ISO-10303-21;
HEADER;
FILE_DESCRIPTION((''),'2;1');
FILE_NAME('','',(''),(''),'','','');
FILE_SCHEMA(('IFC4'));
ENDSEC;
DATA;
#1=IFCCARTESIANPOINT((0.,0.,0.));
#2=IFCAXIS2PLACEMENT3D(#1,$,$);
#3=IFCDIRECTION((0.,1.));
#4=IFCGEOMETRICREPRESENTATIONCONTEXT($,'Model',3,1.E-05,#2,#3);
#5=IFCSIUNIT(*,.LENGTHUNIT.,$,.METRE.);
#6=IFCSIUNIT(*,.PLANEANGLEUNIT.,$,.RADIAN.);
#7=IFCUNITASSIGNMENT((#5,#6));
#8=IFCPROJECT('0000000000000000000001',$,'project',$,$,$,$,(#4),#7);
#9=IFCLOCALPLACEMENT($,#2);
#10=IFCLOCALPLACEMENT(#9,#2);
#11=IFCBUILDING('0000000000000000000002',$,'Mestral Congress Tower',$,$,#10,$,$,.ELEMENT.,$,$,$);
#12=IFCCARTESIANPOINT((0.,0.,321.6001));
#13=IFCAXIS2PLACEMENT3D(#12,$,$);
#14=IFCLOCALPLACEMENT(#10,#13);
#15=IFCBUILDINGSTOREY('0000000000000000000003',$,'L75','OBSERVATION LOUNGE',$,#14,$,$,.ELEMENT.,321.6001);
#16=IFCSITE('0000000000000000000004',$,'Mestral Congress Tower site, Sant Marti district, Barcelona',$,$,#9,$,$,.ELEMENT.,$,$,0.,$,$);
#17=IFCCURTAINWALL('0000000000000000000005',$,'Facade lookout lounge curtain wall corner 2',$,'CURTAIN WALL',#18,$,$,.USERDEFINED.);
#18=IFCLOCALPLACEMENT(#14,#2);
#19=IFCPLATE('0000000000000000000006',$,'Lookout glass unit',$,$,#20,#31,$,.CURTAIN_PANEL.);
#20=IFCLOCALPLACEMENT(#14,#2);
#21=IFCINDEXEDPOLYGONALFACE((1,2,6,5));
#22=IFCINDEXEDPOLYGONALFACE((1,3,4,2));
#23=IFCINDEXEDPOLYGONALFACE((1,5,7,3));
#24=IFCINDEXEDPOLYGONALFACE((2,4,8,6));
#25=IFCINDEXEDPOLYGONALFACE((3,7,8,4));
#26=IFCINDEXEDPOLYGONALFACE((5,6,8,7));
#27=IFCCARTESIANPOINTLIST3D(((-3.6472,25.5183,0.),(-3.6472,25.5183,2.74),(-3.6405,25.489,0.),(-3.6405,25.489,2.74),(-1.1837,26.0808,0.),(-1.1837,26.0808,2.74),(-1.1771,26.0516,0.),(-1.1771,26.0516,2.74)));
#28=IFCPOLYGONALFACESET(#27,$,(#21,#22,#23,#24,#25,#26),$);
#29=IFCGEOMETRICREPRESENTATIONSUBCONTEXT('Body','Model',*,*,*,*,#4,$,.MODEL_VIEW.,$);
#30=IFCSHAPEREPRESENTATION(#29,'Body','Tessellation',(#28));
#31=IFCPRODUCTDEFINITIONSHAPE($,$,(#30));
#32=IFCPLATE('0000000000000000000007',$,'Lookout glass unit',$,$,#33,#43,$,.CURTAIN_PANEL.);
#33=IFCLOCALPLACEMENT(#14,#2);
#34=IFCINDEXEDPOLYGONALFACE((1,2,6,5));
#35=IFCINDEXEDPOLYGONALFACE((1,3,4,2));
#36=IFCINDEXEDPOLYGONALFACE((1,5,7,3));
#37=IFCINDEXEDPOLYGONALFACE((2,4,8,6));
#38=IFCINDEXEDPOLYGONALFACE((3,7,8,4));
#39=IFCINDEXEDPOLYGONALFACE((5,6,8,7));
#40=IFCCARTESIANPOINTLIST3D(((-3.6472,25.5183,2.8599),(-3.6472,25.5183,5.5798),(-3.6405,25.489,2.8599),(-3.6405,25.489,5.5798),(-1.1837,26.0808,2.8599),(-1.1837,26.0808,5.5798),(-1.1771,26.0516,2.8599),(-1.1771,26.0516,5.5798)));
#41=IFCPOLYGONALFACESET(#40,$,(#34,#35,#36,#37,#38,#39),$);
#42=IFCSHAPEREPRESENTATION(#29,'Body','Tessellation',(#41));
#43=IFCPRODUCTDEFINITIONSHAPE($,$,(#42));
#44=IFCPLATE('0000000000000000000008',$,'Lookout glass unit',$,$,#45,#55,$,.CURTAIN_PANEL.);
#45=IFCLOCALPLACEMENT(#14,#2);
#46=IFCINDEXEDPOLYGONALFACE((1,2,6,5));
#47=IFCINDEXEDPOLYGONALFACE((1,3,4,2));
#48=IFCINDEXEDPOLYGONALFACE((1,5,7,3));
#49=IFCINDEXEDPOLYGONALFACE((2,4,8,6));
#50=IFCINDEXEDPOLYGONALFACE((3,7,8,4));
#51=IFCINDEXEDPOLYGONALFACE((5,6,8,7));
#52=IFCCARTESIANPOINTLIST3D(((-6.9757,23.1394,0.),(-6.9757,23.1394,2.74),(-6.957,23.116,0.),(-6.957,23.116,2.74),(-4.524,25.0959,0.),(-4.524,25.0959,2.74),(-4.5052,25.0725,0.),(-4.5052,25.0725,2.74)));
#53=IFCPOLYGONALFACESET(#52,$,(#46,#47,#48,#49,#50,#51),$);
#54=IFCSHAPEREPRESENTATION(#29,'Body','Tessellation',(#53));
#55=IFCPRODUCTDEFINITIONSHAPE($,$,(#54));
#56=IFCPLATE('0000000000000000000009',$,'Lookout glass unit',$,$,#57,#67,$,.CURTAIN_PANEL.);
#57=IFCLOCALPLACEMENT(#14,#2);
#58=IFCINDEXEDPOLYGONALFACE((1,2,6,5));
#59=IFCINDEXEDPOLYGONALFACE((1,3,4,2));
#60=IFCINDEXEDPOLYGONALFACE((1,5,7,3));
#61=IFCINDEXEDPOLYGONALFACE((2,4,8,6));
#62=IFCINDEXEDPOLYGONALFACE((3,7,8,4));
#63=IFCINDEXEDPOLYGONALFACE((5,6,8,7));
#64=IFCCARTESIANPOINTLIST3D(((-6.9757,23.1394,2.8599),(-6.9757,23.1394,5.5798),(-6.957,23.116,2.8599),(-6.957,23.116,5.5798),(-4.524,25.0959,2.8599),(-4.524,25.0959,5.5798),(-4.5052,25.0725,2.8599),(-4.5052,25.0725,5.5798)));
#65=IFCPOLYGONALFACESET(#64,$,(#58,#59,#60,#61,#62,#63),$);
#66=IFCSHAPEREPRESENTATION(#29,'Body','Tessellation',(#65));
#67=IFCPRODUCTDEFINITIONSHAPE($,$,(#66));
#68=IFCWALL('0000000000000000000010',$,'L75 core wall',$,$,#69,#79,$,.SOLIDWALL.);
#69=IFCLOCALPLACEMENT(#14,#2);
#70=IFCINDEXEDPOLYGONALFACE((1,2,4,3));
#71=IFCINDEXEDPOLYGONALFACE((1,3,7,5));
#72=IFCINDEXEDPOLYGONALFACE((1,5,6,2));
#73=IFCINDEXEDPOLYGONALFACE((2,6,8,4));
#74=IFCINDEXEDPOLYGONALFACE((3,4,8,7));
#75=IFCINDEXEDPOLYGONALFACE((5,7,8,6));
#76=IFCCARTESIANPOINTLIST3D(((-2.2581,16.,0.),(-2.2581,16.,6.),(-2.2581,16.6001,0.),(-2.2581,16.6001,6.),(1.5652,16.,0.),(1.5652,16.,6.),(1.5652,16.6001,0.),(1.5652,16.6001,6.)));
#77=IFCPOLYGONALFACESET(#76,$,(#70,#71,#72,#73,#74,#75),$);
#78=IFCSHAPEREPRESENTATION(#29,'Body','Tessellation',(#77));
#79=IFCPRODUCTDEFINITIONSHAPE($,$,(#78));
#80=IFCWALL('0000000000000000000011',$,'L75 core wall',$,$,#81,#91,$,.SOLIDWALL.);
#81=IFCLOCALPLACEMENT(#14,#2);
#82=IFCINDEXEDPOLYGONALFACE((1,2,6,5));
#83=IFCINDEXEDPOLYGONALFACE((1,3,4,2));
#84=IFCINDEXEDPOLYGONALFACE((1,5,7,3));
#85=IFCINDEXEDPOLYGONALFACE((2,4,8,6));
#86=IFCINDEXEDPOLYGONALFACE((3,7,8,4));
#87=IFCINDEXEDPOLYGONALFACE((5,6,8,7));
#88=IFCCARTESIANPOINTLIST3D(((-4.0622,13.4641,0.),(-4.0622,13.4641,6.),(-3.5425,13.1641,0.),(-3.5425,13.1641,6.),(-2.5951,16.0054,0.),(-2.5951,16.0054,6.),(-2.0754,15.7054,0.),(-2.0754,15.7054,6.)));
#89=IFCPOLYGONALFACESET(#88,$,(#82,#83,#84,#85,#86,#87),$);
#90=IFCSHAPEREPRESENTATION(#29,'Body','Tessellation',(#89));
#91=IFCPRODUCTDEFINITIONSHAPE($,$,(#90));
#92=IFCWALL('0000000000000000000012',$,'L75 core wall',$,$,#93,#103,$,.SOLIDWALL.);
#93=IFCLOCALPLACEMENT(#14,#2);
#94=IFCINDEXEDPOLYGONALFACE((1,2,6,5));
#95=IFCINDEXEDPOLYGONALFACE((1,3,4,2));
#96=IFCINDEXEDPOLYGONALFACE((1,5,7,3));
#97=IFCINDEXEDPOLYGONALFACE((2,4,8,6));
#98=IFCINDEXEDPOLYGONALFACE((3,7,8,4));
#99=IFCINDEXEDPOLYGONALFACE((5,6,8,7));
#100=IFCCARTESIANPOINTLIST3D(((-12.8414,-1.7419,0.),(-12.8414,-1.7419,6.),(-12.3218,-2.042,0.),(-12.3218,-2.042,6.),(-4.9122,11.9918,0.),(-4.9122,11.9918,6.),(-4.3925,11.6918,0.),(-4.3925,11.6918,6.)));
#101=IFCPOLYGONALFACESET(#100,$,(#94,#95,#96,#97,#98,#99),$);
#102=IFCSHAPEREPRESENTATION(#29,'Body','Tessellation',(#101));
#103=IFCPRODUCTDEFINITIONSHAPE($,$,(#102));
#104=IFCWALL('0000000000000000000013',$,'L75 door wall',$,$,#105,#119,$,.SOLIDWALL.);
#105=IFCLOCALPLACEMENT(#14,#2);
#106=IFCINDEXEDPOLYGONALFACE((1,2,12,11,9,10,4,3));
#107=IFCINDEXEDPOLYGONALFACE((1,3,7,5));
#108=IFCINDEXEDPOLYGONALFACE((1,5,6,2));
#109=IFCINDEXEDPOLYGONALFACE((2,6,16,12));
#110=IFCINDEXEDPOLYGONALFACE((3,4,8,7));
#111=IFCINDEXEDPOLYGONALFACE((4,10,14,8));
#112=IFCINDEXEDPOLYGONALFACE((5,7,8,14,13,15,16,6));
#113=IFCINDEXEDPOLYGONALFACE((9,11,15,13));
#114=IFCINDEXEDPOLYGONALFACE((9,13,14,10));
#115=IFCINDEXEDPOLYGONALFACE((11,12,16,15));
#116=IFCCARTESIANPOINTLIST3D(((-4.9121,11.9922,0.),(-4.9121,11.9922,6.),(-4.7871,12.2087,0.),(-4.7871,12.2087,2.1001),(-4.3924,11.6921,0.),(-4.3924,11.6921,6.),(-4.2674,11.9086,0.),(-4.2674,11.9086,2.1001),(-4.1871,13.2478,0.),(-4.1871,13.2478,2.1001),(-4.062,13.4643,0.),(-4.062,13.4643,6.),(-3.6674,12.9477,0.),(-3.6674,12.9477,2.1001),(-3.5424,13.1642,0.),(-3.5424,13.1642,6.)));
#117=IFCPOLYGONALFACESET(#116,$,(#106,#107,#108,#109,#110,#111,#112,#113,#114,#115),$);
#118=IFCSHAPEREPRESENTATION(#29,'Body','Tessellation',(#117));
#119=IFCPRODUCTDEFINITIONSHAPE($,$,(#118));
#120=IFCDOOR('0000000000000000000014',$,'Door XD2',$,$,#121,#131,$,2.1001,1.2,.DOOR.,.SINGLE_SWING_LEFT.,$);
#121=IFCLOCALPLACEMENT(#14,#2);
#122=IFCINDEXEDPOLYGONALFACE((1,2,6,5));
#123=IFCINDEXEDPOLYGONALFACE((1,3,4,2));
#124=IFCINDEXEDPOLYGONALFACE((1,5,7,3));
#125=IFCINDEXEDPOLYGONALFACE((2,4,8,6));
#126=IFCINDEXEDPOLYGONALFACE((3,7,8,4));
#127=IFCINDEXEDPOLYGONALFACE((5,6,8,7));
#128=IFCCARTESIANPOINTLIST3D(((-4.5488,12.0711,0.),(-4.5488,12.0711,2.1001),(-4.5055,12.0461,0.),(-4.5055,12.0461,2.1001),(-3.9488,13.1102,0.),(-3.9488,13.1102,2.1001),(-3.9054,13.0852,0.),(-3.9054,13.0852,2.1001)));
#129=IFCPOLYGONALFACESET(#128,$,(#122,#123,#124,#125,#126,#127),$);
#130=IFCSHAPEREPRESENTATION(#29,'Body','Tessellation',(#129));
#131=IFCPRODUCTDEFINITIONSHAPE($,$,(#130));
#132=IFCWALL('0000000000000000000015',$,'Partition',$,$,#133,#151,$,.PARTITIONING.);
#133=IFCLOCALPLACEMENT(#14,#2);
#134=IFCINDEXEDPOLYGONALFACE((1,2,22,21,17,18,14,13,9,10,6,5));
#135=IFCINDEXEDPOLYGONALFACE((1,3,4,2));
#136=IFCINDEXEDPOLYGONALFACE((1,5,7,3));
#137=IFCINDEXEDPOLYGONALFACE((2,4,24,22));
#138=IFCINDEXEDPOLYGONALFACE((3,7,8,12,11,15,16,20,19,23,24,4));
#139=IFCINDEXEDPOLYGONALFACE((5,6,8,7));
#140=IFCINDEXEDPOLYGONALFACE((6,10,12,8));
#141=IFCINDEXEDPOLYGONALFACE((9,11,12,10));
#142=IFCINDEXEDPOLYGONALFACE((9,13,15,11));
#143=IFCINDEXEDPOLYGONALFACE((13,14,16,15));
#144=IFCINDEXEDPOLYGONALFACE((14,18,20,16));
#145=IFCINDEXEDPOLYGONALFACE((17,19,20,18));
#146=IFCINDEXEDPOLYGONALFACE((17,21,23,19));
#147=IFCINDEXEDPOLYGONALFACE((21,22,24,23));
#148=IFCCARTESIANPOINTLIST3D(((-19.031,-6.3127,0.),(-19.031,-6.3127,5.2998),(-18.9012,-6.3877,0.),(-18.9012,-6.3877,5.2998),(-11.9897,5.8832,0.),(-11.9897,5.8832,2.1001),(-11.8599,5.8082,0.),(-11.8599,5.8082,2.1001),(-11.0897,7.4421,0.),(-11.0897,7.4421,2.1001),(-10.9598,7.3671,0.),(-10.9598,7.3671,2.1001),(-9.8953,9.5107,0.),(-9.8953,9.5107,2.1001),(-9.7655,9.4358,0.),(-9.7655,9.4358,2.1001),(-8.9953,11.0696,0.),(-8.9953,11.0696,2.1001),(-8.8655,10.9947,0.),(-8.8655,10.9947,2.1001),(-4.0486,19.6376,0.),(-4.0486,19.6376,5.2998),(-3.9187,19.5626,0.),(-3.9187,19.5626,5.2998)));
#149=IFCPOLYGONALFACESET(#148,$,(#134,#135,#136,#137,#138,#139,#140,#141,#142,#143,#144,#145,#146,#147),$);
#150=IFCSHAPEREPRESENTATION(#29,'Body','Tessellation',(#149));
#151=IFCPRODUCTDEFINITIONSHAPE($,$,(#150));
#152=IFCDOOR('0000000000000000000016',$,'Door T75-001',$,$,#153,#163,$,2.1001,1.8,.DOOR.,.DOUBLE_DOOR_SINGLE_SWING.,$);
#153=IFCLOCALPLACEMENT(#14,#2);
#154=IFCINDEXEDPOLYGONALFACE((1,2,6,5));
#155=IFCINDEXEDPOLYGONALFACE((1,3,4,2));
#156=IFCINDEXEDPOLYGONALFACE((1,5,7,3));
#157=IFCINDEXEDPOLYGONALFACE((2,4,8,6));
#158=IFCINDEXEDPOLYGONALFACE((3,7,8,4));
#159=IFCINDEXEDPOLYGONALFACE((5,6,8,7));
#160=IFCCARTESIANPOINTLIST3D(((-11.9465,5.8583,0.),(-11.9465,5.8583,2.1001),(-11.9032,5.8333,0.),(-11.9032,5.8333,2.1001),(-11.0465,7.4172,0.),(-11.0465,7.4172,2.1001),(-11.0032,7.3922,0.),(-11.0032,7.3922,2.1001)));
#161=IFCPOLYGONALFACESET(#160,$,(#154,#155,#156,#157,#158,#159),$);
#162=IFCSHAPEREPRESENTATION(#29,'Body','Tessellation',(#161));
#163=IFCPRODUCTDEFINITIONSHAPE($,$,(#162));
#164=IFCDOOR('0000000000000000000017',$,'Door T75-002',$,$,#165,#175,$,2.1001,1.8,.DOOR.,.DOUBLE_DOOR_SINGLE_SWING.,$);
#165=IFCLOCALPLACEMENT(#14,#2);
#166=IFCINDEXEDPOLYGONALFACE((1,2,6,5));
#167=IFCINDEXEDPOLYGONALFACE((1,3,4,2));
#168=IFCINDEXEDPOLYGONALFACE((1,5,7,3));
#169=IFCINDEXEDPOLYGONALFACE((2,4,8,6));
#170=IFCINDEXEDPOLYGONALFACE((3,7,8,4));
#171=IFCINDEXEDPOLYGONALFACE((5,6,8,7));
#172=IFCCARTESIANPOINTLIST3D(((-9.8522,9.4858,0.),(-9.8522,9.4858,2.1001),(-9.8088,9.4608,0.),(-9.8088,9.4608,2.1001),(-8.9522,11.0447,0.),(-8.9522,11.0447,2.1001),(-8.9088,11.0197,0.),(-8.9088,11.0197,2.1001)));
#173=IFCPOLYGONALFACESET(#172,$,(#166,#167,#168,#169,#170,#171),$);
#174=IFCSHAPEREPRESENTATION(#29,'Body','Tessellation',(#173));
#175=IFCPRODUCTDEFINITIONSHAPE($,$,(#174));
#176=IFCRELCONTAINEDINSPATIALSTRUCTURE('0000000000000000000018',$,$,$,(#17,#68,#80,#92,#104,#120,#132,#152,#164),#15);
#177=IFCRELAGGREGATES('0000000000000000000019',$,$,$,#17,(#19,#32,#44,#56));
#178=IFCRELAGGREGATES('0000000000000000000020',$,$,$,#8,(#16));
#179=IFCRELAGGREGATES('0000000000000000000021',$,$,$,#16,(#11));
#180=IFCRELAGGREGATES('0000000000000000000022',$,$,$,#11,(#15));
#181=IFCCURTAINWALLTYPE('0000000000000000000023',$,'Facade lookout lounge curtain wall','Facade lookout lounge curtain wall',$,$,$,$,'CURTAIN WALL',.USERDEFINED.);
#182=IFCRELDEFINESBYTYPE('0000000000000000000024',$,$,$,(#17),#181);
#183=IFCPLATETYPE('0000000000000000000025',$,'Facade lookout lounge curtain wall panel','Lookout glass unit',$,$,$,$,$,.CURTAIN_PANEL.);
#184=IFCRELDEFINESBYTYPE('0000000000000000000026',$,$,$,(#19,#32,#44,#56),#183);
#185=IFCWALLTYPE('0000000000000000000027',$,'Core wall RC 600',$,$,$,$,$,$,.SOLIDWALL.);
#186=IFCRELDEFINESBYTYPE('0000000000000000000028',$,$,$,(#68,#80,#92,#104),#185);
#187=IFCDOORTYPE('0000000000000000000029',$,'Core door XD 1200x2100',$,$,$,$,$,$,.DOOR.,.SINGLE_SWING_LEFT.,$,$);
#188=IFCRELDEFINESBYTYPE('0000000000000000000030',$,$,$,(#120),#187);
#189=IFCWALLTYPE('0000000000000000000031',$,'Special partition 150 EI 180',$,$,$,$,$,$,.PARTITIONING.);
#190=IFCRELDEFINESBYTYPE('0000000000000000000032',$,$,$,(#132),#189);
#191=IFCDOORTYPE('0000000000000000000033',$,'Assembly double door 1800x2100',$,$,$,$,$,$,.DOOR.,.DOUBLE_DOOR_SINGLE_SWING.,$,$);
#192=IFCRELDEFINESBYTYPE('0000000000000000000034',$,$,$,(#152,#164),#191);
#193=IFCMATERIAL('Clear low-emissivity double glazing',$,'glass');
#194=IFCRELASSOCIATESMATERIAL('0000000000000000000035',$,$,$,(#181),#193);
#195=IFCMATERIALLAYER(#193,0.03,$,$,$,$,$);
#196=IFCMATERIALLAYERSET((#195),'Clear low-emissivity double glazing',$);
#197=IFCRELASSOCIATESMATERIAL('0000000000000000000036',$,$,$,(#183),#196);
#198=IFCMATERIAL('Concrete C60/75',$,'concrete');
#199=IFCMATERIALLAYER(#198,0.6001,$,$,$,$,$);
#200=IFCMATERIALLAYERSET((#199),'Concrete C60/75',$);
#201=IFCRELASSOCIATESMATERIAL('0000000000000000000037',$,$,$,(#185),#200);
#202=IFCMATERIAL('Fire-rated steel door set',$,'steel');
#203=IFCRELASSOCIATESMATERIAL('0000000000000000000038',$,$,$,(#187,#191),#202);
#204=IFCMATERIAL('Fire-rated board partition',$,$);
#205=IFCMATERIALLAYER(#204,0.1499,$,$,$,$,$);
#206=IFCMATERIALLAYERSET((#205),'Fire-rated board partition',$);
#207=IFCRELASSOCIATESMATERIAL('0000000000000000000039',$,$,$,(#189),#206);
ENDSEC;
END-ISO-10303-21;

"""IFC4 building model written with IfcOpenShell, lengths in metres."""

from ifc_helpers import new_model, si_unit, direction, frame, frame_2d, origin, origin_2d, place, context, subcontext, project, spatial, rectangle, extrude, material, layer, layer_set, type_object, element, fill, aggregate, save


model = new_model("IFC4")

# Units and contexts
model_context = context("Model", 3, precision=1e-05, world=origin(), true_north=direction((0.0, 1.0)))
body_context = subcontext(model_context, "Body", "Model", "MODEL_VIEW")
ifc_project = project(units=[si_unit("LENGTHUNIT", "METRE"), si_unit("PLANEANGLEUNIT", "RADIAN")], contexts=[model_context])

# Site, building, storey
site_placement = place(None, origin())
site = spatial("IfcSite", under=ifc_project, at=site_placement, Name="Mestral Congress Tower site, Sant Marti district, Barcelona", CompositionType="ELEMENT", RefElevation=0.0)
building_placement = place(site_placement, origin())
building = spatial("IfcBuilding", under=site, at=building_placement, Name="Mestral Congress Tower", CompositionType="ELEMENT")
storey_placement = place(building_placement, frame((0.0, 0.0, 321.6001)))
storey = spatial("IfcBuildingStorey", under=building, at=storey_placement, Name="L75", Description="OBSERVATION LOUNGE", CompositionType="ELEMENT", Elevation=321.6001)

# Shared definitions
ifc_material_1 = material(Name="Concrete C60/75", Category="concrete")

# Curtain wall
ifc_material_2 = material(Name="Clear low-emissivity double glazing", Category="glass")
curtain_wall_type = type_object("IfcCurtainWallType", Name="Facade lookout lounge curtain wall", Description="Facade lookout lounge curtain wall", ElementType="CURTAIN WALL", PredefinedType="USERDEFINED", material=ifc_material_2)
placement = place(storey_placement, origin())
curtain_wall = element("IfcCurtainWall", 1, at=placement, inside=storey, type_object=curtain_wall_type, Name="Facade lookout lounge curtain wall corner 2", ObjectType="CURTAIN WALL", PredefinedType="USERDEFINED")

# Plates
ifc_layer_1 = layer(ifc_material_2, 0.03)
ifc_layer_set_1 = layer_set([ifc_layer_1], Name="Clear low-emissivity double glazing")
plate_type = type_object("IfcPlateType", Name="Facade lookout lounge curtain wall panel", Description="Lookout glass unit", PredefinedType="CURTAIN_PANEL", material=ifc_layer_set_1)
plate_1_placement = place(storey_placement, frame((-2.4121, 25.7849, 0.0), z_axis=(0.0, 0.0, 1.0), x_axis=(-0.974899, -0.222646, 0.0)))
plate_1 = element("IfcPlate", 2, at=plate_1_placement, type_object=plate_type, Name="Lookout glass unit", PredefinedType="CURTAIN_PANEL", context=body_context, shape_type="SweptSolid", body=[
    extrude(rectangle(XDim=2.5269, YDim=0.03, at=origin_2d()), origin(), (0.0, 0.0, 1.0), 2.74),
])
plate_2_placement = place(storey_placement, frame((-2.4121, 25.7849, 2.8599), z_axis=(0.0, 0.0, 1.0), x_axis=(-0.974899, -0.222646, 0.0)))
plate_2 = element("IfcPlate", 3, at=plate_2_placement, type_object=plate_type, Name="Lookout glass unit", PredefinedType="CURTAIN_PANEL", context=body_context, shape_type="SweptSolid", body=[
    extrude(rectangle(XDim=2.5269, YDim=0.03, at=origin_2d()), origin(), (0.0, 0.0, 1.0), 2.72),
])
plate_3_placement = place(storey_placement, frame((-5.7405, 24.106, 0.0), z_axis=(0.0, 0.0, 1.0), x_axis=(-0.781634, -0.623738, 0.0)))
plate_3 = element("IfcPlate", 4, at=plate_3_placement, type_object=plate_type, Name="Lookout glass unit", PredefinedType="CURTAIN_PANEL", context=body_context, shape_type="SweptSolid", body=[
    extrude(rectangle(XDim=3.1367, YDim=0.03, at=origin_2d()), origin(), (0.0, 0.0, 1.0), 2.74),
])
plate_4_placement = place(storey_placement, frame((-5.7405, 24.106, 2.8599), z_axis=(0.0, 0.0, 1.0), x_axis=(-0.781634, -0.623738, 0.0)))
plate_4 = element("IfcPlate", 5, at=plate_4_placement, type_object=plate_type, Name="Lookout glass unit", PredefinedType="CURTAIN_PANEL", context=body_context, shape_type="SweptSolid", body=[
    extrude(rectangle(XDim=3.1367, YDim=0.03, at=origin_2d()), origin(), (0.0, 0.0, 1.0), 2.72),
])
aggregate(curtain_wall, [plate_1, plate_2, plate_3, plate_4])

# Walls
ifc_layer_2 = layer(ifc_material_1, 0.6001)
ifc_layer_set_2 = layer_set([ifc_layer_2], Name="Concrete C60/75")
wall_type_1 = type_object("IfcWallType", Name="Core wall RC 600", PredefinedType="SOLIDWALL", material=ifc_layer_set_2)
wall_1_placement = place(storey_placement, frame((-2.2581, 16.3, 0.0), z_axis=(0.0, 0.0, 1.0), x_axis=(1.0, 0.0, 0.0)))
element("IfcWall", 6, at=wall_1_placement, inside=storey, type_object=wall_type_1, Name="L75 core wall", PredefinedType="SOLIDWALL", context=body_context, shape_type="SweptSolid", body=[
    extrude(rectangle(XDim=3.8232, YDim=0.6001, at=frame_2d((1.9116, 0.0))), origin(), (0.0, 0.0, 1.0), 6.0),
])
wall_2_placement = place(storey_placement, frame((-2.3352, 15.8555, 0.0), z_axis=(0.0, 0.0, 1.0), x_axis=(-0.49996, -0.866048, 0.0)))
element("IfcWall", 7, at=wall_2_placement, inside=storey, type_object=wall_type_1, Name="L75 core wall", PredefinedType="SOLIDWALL", context=body_context, shape_type="SweptSolid", body=[
    extrude(rectangle(XDim=2.9343, YDim=0.6001, at=frame_2d((1.4673, 0.0))), origin(), (0.0, 0.0, 1.0), 6.0),
])
wall_3_placement = place(storey_placement, frame((-4.6523, 11.8418, 0.0), z_axis=(0.0, 0.0, 1.0), x_axis=(-0.500004, -0.866023, 0.0)))
element("IfcWall", 8, at=wall_3_placement, inside=storey, type_object=wall_type_1, Name="L75 core wall", PredefinedType="SOLIDWALL", context=body_context, shape_type="SweptSolid", body=[
    extrude(rectangle(XDim=15.8584, YDim=0.6001, at=frame_2d((7.9292, 0.0))), origin(), (0.0, 0.0, 1.0), 6.0),
])

# Wall, opening, door
wall_4_placement = place(storey_placement, frame((-4.6523, 11.842, 0.0), z_axis=(0.0, 0.0, 1.0), x_axis=(0.500062, 0.865989, 0.0)))
wall_4 = element("IfcWall", 9, at=wall_4_placement, inside=storey, type_object=wall_type_1, Name="L75 door wall", PredefinedType="SOLIDWALL", context=body_context, shape_type="SweptSolid", body=[
    extrude(rectangle(XDim=1.7, YDim=0.6001, at=frame_2d((0.8501, 0.0))), origin(), (0.0, 0.0, 1.0), 6.0),
])
opening_1_placement = place(wall_4_placement, frame((0.25, 0.0, 0.0)))
opening_1 = element("IfcOpeningElement", 10, at=opening_1_placement, cuts=wall_4, PredefinedType="OPENING", context=body_context, shape_type="SweptSolid", body=[
    extrude(rectangle(XDim=1.2, YDim=2.1001, at=frame_2d((0.6001, 1.05))), frame((0.0, 0.3101, 0.0), z_axis=(0.0, -1.0, 0.0), x_axis=(1.0, 0.0, 0.0)), (0.0, 0.0, 1.0), 0.6201),
])
ifc_material_3 = material(Name="Fire-rated steel door set", Category="steel")
door_type_1 = type_object("IfcDoorType", Name="Core door XD 1200x2100", OperationType="SINGLE_SWING_LEFT", PredefinedType="DOOR", material=ifc_material_3)
door_1_placement = place(opening_1_placement, origin())
door_1 = element("IfcDoor", 11, at=door_1_placement, inside=storey, type_object=door_type_1, Name="Door XD2", OperationType="SINGLE_SWING_LEFT", OverallHeight=2.1001, OverallWidth=1.2, PredefinedType="DOOR", context=body_context, shape_type="SweptSolid", body=[
    extrude(rectangle(XDim=1.2, YDim=2.1001, at=frame_2d((0.6001, 1.05))), frame((0.0, 0.0249, 0.0), z_axis=(0.0, -1.0, 0.0), x_axis=(1.0, 0.0, 0.0)), (0.0, 0.0, 1.0), 0.05),
])
fill(opening_1, door_1)

# Wall, openings, doors
ifc_material_4 = material(Name="Fire-rated board partition")
ifc_layer_3 = layer(ifc_material_4, 0.1499)
ifc_layer_set_3 = layer_set([ifc_layer_3], Name="Fire-rated board partition")
wall_type_2 = type_object("IfcWallType", Name="Special partition 150 EI 180", PredefinedType="PARTITIONING", material=ifc_layer_set_3)
wall_5_placement = place(storey_placement, frame((-3.9836, 19.6001, 0.0), z_axis=(0.0, 0.0, 1.0), x_axis=(-0.500002, -0.866024, 0.0)))
wall_5 = element("IfcWall", 12, at=wall_5_placement, inside=storey, type_object=wall_type_2, Name="Partition", PredefinedType="PARTITIONING", context=body_context, shape_type="SweptSolid", body=[
    extrude(rectangle(XDim=29.9648, YDim=0.1499, at=frame_2d((14.9824, 0.0))), origin(), (0.0, 0.0, 1.0), 5.2998),
])
opening_2_placement = place(wall_5_placement, frame((14.0823, 0.0, 0.0)))
opening_2 = element("IfcOpeningElement", 13, at=opening_2_placement, cuts=wall_5, PredefinedType="OPENING", context=body_context, shape_type="SweptSolid", body=[
    extrude(rectangle(XDim=1.8, YDim=2.1001, at=frame_2d((0.8999, 1.05))), frame((0.0, 0.085, 0.0), z_axis=(0.0, -1.0, 0.0), x_axis=(1.0, 0.0, 0.0)), (0.0, 0.0, 1.0), 0.1699),
])
opening_3_placement = place(wall_5_placement, frame((9.8936, 0.0, 0.0)))
opening_3 = element("IfcOpeningElement", 14, at=opening_3_placement, cuts=wall_5, PredefinedType="OPENING", context=body_context, shape_type="SweptSolid", body=[
    extrude(rectangle(XDim=1.8, YDim=2.1001, at=frame_2d((0.8999, 1.05))), frame((0.0, 0.085, 0.0), z_axis=(0.0, -1.0, 0.0), x_axis=(1.0, 0.0, 0.0)), (0.0, 0.0, 1.0), 0.1699),
])
door_type_2 = type_object("IfcDoorType", Name="Assembly double door 1800x2100", OperationType="DOUBLE_DOOR_SINGLE_SWING", PredefinedType="DOOR", material=ifc_material_3)
door_2_placement = place(opening_2_placement, origin())
door_2 = element("IfcDoor", 15, at=door_2_placement, inside=storey, type_object=door_type_2, Name="Door T75-001", OperationType="DOUBLE_DOOR_SINGLE_SWING", OverallHeight=2.1001, OverallWidth=1.8, PredefinedType="DOOR", context=body_context, shape_type="SweptSolid", body=[
    extrude(rectangle(XDim=1.8, YDim=2.1001, at=frame_2d((0.8999, 1.05))), frame((0.0, 0.0249, 0.0), z_axis=(0.0, -1.0, 0.0), x_axis=(1.0, 0.0, 0.0)), (0.0, 0.0, 1.0), 0.05),
])
fill(opening_2, door_2)
door_3_placement = place(opening_3_placement, origin())
door_3 = element("IfcDoor", 16, at=door_3_placement, inside=storey, type_object=door_type_2, Name="Door T75-002", OperationType="DOUBLE_DOOR_SINGLE_SWING", OverallHeight=2.1001, OverallWidth=1.8, PredefinedType="DOOR", context=body_context, shape_type="SweptSolid", body=[
    extrude(rectangle(XDim=1.8, YDim=2.1001, at=frame_2d((0.8999, 1.05))), frame((0.0, 0.0249, 0.0), z_axis=(0.0, -1.0, 0.0), x_axis=(1.0, 0.0, 0.0)), (0.0, 0.0, 1.0), 0.05),
])
fill(opening_3, door_3)

save(model, "model.ifc")
